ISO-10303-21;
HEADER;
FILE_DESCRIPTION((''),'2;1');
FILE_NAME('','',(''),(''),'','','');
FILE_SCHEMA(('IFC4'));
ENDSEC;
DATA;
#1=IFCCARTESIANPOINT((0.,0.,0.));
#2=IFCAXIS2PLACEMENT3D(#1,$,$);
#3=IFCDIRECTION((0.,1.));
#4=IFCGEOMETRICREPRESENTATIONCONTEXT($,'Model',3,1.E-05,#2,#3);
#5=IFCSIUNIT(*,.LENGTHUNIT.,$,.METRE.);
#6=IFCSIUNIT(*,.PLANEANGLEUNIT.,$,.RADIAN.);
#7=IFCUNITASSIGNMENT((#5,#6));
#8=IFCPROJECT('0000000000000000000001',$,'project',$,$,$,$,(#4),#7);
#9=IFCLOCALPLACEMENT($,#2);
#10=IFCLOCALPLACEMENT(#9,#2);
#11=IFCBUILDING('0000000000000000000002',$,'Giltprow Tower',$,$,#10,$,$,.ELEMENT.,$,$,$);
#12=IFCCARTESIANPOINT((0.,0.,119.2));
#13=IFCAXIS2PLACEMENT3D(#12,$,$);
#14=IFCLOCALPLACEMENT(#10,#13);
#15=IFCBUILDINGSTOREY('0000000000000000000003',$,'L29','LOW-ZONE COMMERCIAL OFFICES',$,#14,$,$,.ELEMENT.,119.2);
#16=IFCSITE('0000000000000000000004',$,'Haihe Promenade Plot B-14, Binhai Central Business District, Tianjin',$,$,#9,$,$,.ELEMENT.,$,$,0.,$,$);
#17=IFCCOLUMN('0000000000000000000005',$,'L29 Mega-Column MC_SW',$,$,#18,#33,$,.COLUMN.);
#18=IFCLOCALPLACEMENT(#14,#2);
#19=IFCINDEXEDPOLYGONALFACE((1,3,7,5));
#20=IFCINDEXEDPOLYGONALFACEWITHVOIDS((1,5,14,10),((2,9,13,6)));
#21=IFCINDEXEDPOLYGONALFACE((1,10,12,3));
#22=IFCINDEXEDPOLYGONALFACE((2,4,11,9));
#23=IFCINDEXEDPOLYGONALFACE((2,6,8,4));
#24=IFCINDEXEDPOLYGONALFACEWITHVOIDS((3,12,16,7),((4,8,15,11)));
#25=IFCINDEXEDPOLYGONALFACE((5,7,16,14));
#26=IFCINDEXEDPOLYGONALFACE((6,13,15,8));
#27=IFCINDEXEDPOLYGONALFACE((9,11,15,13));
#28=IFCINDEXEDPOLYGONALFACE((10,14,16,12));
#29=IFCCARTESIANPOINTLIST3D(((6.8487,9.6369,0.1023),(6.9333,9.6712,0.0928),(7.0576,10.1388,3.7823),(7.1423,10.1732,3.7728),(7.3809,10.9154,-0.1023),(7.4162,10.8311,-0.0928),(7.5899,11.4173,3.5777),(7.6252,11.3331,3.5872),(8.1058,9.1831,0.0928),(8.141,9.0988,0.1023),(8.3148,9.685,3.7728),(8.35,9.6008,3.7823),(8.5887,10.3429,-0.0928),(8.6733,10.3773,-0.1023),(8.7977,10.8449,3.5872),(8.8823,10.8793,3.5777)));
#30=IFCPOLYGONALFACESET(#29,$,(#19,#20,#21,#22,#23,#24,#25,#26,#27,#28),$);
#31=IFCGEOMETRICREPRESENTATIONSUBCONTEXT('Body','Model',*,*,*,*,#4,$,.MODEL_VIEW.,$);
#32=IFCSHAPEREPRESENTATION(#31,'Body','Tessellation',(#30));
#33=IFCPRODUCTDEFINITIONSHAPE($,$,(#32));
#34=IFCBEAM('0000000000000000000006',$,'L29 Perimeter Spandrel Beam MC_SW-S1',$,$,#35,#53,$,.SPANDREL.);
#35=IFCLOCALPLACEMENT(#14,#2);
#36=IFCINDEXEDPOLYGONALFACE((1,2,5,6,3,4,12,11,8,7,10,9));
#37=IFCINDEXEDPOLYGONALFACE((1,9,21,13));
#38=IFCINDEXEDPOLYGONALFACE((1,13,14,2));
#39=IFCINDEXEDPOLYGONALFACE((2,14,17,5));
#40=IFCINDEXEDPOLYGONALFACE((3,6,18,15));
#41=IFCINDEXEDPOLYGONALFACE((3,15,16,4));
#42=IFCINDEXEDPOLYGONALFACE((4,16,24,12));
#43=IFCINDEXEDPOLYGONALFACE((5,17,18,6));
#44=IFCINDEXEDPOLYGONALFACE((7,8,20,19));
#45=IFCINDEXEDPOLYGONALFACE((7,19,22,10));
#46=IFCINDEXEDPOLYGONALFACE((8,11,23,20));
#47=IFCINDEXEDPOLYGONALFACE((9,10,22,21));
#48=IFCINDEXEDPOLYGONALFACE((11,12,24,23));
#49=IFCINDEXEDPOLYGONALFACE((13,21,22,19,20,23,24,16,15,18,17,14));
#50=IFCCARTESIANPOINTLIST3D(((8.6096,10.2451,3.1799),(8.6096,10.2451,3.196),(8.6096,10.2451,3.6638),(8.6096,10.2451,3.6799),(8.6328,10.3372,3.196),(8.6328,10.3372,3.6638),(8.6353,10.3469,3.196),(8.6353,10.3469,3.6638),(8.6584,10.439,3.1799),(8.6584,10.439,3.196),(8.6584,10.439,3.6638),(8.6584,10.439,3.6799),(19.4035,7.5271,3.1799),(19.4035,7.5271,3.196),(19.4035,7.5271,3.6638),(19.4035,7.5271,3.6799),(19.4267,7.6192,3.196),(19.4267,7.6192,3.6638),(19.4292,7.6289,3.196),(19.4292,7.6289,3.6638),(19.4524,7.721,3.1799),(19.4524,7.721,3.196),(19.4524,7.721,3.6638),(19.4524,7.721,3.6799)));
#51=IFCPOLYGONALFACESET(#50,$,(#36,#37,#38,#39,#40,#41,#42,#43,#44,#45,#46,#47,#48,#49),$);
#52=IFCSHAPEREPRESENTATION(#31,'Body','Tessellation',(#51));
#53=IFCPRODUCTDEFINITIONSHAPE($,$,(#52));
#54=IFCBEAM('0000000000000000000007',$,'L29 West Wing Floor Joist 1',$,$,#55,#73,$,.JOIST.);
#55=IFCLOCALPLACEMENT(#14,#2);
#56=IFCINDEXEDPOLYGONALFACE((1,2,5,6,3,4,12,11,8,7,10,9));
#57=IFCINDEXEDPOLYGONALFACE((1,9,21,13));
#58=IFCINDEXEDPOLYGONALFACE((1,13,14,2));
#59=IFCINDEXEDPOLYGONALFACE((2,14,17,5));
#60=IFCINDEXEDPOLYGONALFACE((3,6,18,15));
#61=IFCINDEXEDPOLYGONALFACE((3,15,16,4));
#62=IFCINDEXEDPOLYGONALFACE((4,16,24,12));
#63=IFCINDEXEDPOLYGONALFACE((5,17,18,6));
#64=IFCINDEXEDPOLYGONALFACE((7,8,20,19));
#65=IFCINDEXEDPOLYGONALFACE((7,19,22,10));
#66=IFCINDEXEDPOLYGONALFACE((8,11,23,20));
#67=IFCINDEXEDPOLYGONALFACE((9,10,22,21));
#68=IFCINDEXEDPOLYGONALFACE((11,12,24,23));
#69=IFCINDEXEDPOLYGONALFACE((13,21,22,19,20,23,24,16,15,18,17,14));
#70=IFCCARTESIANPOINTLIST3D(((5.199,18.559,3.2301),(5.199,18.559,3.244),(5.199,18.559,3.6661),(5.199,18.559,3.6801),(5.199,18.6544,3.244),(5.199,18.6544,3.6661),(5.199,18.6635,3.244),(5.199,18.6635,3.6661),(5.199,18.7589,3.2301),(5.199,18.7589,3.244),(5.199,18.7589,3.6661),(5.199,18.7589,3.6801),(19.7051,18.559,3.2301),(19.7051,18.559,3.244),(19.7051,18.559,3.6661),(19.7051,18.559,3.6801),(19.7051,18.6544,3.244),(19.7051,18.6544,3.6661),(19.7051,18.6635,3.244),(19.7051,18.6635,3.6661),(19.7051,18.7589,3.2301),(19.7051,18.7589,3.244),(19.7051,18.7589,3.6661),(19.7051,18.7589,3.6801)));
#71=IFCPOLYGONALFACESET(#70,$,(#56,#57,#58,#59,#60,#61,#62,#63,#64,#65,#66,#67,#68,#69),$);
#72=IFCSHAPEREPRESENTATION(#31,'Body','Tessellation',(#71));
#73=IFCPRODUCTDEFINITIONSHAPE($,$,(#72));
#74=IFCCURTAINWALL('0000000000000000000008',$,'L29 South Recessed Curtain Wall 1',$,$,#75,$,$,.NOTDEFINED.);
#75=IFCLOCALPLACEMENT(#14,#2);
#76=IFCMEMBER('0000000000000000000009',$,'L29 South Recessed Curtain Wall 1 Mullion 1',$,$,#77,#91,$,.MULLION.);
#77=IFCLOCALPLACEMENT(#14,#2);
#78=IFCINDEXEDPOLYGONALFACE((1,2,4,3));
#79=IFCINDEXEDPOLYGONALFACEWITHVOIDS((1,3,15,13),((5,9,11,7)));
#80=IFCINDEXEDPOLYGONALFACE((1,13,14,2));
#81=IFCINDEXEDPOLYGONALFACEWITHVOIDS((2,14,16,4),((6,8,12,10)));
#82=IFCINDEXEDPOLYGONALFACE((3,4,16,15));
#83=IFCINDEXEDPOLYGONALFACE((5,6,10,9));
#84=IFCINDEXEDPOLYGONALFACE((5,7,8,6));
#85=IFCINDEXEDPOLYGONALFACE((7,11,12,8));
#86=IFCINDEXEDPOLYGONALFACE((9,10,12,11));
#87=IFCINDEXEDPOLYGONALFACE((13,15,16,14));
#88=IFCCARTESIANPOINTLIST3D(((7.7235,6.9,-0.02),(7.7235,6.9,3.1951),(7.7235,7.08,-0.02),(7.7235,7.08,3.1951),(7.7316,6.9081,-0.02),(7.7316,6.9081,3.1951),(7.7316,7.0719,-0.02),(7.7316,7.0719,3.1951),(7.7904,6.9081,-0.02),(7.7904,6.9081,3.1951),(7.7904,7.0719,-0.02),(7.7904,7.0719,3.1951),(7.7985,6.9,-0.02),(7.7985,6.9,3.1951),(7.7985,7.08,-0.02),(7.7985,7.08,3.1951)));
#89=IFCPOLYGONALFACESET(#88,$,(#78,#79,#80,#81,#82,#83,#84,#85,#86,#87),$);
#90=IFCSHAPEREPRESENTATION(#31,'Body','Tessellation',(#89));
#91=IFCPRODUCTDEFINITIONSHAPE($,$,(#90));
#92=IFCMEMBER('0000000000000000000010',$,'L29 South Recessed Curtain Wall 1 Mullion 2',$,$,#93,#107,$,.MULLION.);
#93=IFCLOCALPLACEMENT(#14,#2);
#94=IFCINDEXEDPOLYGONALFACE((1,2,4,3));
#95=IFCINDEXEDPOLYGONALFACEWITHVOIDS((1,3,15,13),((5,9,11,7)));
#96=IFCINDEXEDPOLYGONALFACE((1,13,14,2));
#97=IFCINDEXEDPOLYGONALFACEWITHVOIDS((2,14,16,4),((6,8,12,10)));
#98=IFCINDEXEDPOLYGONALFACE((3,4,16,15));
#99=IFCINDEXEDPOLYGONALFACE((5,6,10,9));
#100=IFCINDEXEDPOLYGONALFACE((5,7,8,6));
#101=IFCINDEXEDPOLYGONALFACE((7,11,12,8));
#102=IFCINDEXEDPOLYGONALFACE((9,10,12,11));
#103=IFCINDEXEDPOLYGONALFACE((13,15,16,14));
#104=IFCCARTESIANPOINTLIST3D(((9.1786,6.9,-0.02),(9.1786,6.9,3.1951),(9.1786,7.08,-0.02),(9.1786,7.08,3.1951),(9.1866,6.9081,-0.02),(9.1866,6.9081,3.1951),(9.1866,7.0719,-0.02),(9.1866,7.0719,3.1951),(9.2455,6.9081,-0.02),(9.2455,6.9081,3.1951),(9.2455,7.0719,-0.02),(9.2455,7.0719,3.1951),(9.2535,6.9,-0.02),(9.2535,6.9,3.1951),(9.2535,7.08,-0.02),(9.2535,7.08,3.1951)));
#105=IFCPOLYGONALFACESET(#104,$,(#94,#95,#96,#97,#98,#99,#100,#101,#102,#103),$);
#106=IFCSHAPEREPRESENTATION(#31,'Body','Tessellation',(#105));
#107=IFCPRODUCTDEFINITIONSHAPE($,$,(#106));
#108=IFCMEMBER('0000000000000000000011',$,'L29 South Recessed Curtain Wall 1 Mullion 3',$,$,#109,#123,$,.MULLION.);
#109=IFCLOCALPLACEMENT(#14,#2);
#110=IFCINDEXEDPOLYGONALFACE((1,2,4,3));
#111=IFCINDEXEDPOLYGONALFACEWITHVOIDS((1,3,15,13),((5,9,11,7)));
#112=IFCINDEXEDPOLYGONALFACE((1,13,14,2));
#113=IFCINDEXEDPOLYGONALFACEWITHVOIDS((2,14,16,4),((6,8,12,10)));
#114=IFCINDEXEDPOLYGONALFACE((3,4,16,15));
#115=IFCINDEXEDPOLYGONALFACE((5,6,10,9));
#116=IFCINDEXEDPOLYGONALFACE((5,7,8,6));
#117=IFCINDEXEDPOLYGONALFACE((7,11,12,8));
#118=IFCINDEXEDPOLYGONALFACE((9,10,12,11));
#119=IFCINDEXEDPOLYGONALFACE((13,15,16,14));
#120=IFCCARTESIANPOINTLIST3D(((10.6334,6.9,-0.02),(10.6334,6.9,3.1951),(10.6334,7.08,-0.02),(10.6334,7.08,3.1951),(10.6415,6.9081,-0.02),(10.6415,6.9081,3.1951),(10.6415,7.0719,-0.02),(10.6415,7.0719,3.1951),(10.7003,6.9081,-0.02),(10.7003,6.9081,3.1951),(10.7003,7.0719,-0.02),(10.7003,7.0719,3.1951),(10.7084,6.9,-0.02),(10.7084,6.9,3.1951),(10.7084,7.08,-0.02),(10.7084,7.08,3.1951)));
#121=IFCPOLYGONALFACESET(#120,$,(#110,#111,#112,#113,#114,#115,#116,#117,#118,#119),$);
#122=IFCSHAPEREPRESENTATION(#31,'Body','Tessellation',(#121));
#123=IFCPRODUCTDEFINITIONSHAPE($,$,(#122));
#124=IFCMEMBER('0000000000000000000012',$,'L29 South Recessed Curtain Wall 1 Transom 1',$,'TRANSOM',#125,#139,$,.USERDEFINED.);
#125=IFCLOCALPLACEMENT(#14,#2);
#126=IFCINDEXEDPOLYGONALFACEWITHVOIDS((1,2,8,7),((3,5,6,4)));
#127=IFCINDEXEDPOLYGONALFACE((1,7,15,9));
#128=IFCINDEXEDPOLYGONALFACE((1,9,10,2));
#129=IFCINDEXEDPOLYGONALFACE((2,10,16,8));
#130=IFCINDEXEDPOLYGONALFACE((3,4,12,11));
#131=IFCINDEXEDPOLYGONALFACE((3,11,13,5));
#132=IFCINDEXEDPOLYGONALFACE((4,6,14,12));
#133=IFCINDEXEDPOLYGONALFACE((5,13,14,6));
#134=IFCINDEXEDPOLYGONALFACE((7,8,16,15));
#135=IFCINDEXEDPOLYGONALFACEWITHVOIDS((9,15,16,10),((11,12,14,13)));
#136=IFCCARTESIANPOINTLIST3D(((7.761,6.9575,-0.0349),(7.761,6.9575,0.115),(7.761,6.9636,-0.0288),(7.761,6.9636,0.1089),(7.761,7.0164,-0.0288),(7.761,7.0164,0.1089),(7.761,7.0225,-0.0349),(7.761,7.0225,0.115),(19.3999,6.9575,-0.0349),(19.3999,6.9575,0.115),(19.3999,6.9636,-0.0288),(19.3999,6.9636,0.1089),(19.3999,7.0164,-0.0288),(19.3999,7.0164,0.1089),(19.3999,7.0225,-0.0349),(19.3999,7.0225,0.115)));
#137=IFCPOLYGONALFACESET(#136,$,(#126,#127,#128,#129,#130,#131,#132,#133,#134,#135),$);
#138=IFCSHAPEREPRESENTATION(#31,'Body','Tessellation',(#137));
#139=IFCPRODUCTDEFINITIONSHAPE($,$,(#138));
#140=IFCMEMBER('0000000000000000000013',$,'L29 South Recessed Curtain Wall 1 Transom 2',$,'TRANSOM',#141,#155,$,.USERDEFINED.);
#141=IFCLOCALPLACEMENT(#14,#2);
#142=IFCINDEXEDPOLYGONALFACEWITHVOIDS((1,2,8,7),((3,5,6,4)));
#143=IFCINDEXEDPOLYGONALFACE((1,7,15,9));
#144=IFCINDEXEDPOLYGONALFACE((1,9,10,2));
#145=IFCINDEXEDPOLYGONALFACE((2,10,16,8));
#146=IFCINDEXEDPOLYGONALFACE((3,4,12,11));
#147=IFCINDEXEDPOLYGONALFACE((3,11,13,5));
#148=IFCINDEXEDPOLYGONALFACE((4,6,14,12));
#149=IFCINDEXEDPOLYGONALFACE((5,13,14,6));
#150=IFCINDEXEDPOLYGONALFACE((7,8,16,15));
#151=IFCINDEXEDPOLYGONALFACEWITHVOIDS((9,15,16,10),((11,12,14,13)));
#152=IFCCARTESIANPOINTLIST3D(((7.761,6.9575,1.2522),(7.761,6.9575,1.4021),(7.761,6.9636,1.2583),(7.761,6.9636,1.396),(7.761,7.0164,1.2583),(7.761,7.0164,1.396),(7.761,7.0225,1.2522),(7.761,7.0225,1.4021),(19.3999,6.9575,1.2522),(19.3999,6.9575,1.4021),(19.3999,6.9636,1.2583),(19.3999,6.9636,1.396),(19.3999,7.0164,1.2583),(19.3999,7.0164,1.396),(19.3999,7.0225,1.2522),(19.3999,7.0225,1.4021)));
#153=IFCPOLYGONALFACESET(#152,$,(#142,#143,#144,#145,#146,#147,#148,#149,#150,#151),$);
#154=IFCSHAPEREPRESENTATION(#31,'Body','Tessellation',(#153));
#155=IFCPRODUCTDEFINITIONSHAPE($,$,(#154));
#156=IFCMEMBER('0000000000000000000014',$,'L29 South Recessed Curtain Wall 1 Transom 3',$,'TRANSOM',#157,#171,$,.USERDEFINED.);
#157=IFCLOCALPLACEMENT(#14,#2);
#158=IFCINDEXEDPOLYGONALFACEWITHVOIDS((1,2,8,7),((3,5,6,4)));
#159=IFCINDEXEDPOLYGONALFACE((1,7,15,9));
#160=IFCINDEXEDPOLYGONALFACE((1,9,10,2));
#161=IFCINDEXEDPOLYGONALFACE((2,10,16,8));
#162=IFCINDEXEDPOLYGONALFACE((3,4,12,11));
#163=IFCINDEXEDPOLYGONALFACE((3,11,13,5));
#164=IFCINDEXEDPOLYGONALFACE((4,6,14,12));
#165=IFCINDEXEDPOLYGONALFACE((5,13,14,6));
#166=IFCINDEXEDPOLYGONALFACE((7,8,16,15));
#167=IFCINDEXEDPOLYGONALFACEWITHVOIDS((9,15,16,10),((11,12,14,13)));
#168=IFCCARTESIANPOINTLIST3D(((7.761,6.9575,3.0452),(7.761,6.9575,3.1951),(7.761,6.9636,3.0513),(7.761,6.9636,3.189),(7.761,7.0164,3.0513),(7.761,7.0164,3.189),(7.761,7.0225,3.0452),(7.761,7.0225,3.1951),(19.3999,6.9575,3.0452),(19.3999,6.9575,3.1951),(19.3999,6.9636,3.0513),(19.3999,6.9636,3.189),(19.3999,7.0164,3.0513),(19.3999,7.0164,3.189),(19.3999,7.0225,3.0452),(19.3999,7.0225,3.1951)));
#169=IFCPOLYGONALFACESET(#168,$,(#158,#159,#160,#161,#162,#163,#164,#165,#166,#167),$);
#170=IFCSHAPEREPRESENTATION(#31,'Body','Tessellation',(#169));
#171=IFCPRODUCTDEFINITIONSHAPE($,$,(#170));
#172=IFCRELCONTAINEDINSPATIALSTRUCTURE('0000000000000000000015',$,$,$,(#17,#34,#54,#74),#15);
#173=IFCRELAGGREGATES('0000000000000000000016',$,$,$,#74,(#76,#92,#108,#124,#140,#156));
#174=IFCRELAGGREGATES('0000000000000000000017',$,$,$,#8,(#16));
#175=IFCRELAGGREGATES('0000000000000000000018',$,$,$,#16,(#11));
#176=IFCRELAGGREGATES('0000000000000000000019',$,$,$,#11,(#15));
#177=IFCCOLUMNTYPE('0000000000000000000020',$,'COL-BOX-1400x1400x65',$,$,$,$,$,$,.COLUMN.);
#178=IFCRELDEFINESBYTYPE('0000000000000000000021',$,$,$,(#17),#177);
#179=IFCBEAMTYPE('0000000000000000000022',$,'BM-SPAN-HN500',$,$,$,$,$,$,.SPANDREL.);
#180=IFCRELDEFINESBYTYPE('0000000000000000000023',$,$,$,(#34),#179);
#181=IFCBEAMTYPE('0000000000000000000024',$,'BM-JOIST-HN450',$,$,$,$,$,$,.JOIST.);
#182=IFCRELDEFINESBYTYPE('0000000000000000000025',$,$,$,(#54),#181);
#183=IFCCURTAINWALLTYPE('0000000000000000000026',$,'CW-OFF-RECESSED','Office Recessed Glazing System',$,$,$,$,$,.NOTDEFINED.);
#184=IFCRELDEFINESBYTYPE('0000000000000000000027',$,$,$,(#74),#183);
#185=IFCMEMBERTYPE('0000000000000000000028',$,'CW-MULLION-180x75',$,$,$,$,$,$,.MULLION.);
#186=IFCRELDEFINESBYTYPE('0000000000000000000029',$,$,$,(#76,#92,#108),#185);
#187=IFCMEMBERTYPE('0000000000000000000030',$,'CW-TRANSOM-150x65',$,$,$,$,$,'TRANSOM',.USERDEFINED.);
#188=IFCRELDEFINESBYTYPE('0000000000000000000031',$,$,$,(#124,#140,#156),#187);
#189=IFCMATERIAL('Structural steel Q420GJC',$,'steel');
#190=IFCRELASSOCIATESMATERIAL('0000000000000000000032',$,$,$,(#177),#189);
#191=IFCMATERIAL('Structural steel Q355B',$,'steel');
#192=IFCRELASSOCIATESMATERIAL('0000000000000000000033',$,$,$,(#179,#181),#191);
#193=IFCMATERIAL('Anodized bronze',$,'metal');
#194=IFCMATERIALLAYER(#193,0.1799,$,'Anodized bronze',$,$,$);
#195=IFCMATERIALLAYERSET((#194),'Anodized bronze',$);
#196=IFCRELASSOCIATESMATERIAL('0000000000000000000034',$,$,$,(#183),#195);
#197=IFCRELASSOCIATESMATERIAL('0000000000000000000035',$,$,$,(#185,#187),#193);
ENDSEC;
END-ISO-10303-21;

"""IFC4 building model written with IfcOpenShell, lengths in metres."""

from ifc_helpers import new_model, si_unit, direction, frame, origin, origin_2d, place, context, subcontext, project, spatial, hollow_rectangle, i_section, extrude, source, transform, mapped, material, layer, layer_set, material_profile, profile_set, type_object, element, aggregate, save


model = new_model("IFC4")

# Units and contexts
model_context = context("Model", 3, precision=1e-05, world=origin(), true_north=direction((0.0, 1.0)))
body_context = subcontext(model_context, "Body", "Model", "MODEL_VIEW")
ifc_project = project(units=[si_unit("LENGTHUNIT", "METRE"), si_unit("PLANEANGLEUNIT", "RADIAN")], contexts=[model_context])

# Site, building, storey
site_placement = place(None, origin())
site = spatial("IfcSite", under=ifc_project, at=site_placement, Name="Haihe Promenade Plot B-14, Binhai Central Business District, Tianjin", CompositionType="ELEMENT", RefElevation=0.0)
building_placement = place(site_placement, origin())
building = spatial("IfcBuilding", under=site, at=building_placement, Name="Giltprow Tower", CompositionType="ELEMENT")
storey_placement = place(building_placement, frame((0.0, 0.0, 119.2)))
storey = spatial("IfcBuildingStorey", under=building, at=storey_placement, Name="L29", Description="LOW-ZONE COMMERCIAL OFFICES", CompositionType="ELEMENT", Elevation=119.2)

# Column
ifc_material_1 = material(Name="Structural steel Q420GJC", Category="steel")
ifc_material_profile_1 = material_profile(ifc_material_1, hollow_rectangle(XDim=1.3999, YDim=1.3999, WallThickness=0.0649, at=origin_2d()), Name="BOX 1400x1400x65")
ifc_profile_set_1 = profile_set([ifc_material_profile_1], Name="Structural steel Q420GJC")
column_type = type_object("IfcColumnType", Name="COL-BOX-1400x1400x65", PredefinedType="COLUMN", material=ifc_profile_set_1)
shared_shape_1 = source(origin(), body_context, "Body", "SweptSolid", [
    extrude(hollow_rectangle(XDim=1.3999, YDim=1.3999, WallThickness=0.0649, at=origin_2d()), origin(), (0.0, 0.0, 1.0), 3.72),
])
column_placement = place(storey_placement, frame((7.761, 10.0071, 0.0), z_axis=(0.05618, 0.134938, 0.98926), x_axis=(-0.923183, 0.38436, 0.0)))
element("IfcColumn", 1, at=column_placement, inside=storey, type_object=column_type, Name="L29 Mega-Column MC_SW", PredefinedType="COLUMN", context=body_context, shape_type="MappedRepresentation", body=[
    mapped(shared_shape_1, transform((0.0, 0.0, 0.0), x_axis=(1.0, 0.0, 0.0), y_axis=(0.0, 1.0, 0.0), z_axis=(0.0, 0.0, 1.0), scale=1.0)),
])

# Beams
ifc_material_2 = material(Name="Structural steel Q355B", Category="steel")
ifc_material_profile_2 = material_profile(ifc_material_2, i_section(OverallWidth=0.2, OverallDepth=0.5, WebThickness=0.01, FlangeThickness=0.0161, at=origin_2d()), Name="HN 500x200x10x16")
ifc_profile_set_2 = profile_set([ifc_material_profile_2], Name="Structural steel Q355B")
beam_type_1 = type_object("IfcBeamType", Name="BM-SPAN-HN500", PredefinedType="SPANDREL", material=ifc_profile_set_2)
shared_shape_2 = source(origin(), body_context, "Body", "SweptSolid", [
    extrude(i_section(OverallWidth=0.2, OverallDepth=0.5, WebThickness=0.01, FlangeThickness=0.0161, at=origin_2d()), origin(), (0.0, 0.0, 1.0), 11.1309),
])
beam_1_placement = place(storey_placement, frame((8.634, 10.342, 3.4299), z_axis=(0.969728, -0.244187, 0.0), x_axis=(0.244187, 0.969728, 0.0)))
element("IfcBeam", 2, at=beam_1_placement, inside=storey, type_object=beam_type_1, Name="L29 Perimeter Spandrel Beam MC_SW-S1", PredefinedType="SPANDREL", context=body_context, shape_type="MappedRepresentation", body=[
    mapped(shared_shape_2, transform((0.0, 0.0, 0.0), x_axis=(1.0, 0.0, 0.0), y_axis=(0.0, 1.0, 0.0), z_axis=(0.0, 0.0, 1.0), scale=1.0)),
])
ifc_material_profile_3 = material_profile(ifc_material_2, i_section(OverallWidth=0.2, OverallDepth=0.45, WebThickness=0.009, FlangeThickness=0.0139, at=origin_2d()), Name="HN 450x200x9x14")
ifc_profile_set_3 = profile_set([ifc_material_profile_3], Name="Structural steel Q355B")
beam_type_2 = type_object("IfcBeamType", Name="BM-JOIST-HN450", PredefinedType="JOIST", material=ifc_profile_set_3)
shared_shape_3 = source(origin(), body_context, "Body", "SweptSolid", [
    extrude(i_section(OverallWidth=0.2, OverallDepth=0.45, WebThickness=0.009, FlangeThickness=0.0139, at=origin_2d()), origin(), (0.0, 0.0, 1.0), 14.5061),
])
beam_2_placement = place(storey_placement, frame((5.199, 18.6589, 3.4551), z_axis=(1.0, 0.0, 0.0), x_axis=(0.0, 1.0, 0.0)))
element("IfcBeam", 3, at=beam_2_placement, inside=storey, type_object=beam_type_2, Name="L29 West Wing Floor Joist 1", PredefinedType="JOIST", context=body_context, shape_type="MappedRepresentation", body=[
    mapped(shared_shape_3, transform((0.0, 0.0, 0.0), x_axis=(1.0, 0.0, 0.0), y_axis=(0.0, 1.0, 0.0), z_axis=(0.0, 0.0, 1.0), scale=1.0)),
])

# Curtain wall, members
ifc_material_3 = material(Name="Anodized bronze", Category="metal")
ifc_layer_1 = layer(ifc_material_3, 0.1799, Name="Anodized bronze")
ifc_layer_set_1 = layer_set([ifc_layer_1], Name="Anodized bronze")
curtain_wall_type = type_object("IfcCurtainWallType", Name="CW-OFF-RECESSED", Description="Office Recessed Glazing System", PredefinedType="NOTDEFINED", material=ifc_layer_set_1)
curtain_wall_placement = place(storey_placement, origin())
curtain_wall = element("IfcCurtainWall", 4, at=curtain_wall_placement, inside=storey, type_object=curtain_wall_type, Name="L29 South Recessed Curtain Wall 1", PredefinedType="NOTDEFINED")
ifc_material_profile_4 = material_profile(ifc_material_3, hollow_rectangle(XDim=0.075, YDim=0.1799, WallThickness=0.0081, at=origin_2d()), Name="RHS 180x75x8")
ifc_profile_set_4 = profile_set([ifc_material_profile_4], Name="Anodized bronze")
member_type_1 = type_object("IfcMemberType", Name="CW-MULLION-180x75", PredefinedType="MULLION", material=ifc_profile_set_4)
shared_shape_4 = source(origin(), body_context, "Body", "SweptSolid", [
    extrude(hollow_rectangle(XDim=0.075, YDim=0.1799, WallThickness=0.0081, at=origin_2d()), origin(), (0.0, 0.0, 1.0), 3.2151),
])
member_1_placement = place(storey_placement, frame((7.761, 6.99, -0.02), z_axis=(0.0, 0.0, 1.0), x_axis=(1.0, 0.0, 0.0)))
member_1 = element("IfcMember", 5, at=member_1_placement, type_object=member_type_1, Name="L29 South Recessed Curtain Wall 1 Mullion 1", PredefinedType="MULLION", context=body_context, shape_type="MappedRepresentation", body=[
    mapped(shared_shape_4, transform((0.0, 0.0, 0.0), x_axis=(1.0, 0.0, 0.0), y_axis=(0.0, 1.0, 0.0), z_axis=(0.0, 0.0, 1.0), scale=1.0)),
])
member_2_placement = place(storey_placement, frame((9.2161, 6.99, -0.02), z_axis=(0.0, 0.0, 1.0), x_axis=(1.0, 0.0, 0.0)))
member_2 = element("IfcMember", 6, at=member_2_placement, type_object=member_type_1, Name="L29 South Recessed Curtain Wall 1 Mullion 2", PredefinedType="MULLION", context=body_context, shape_type="MappedRepresentation", body=[
    mapped(shared_shape_4, transform((0.0, 0.0, 0.0), x_axis=(1.0, 0.0, 0.0), y_axis=(0.0, 1.0, 0.0), z_axis=(0.0, 0.0, 1.0), scale=1.0)),
])
member_3_placement = place(storey_placement, frame((10.6709, 6.99, -0.02), z_axis=(0.0, 0.0, 1.0), x_axis=(1.0, 0.0, 0.0)))
member_3 = element("IfcMember", 7, at=member_3_placement, type_object=member_type_1, Name="L29 South Recessed Curtain Wall 1 Mullion 3", PredefinedType="MULLION", context=body_context, shape_type="MappedRepresentation", body=[
    mapped(shared_shape_4, transform((0.0, 0.0, 0.0), x_axis=(1.0, 0.0, 0.0), y_axis=(0.0, 1.0, 0.0), z_axis=(0.0, 0.0, 1.0), scale=1.0)),
])
ifc_material_profile_5 = material_profile(ifc_material_3, hollow_rectangle(XDim=0.0649, YDim=0.1499, WallThickness=0.0061, at=origin_2d()), Name="RHS 150x65x6")
ifc_profile_set_5 = profile_set([ifc_material_profile_5], Name="Anodized bronze")
member_type_2 = type_object("IfcMemberType", Name="CW-TRANSOM-150x65", ElementType="TRANSOM", PredefinedType="USERDEFINED", material=ifc_profile_set_5)
shared_shape_5 = source(origin(), body_context, "Body", "SweptSolid", [
    extrude(hollow_rectangle(XDim=0.0649, YDim=0.1499, WallThickness=0.0061, at=origin_2d()), origin(), (0.0, 0.0, 1.0), 11.6389),
])
member_4_placement = place(storey_placement, frame((7.761, 6.99, 0.04), z_axis=(1.0, 0.0, 0.0), x_axis=(0.0, 1.0, 0.0)))
member_4 = element("IfcMember", 8, at=member_4_placement, type_object=member_type_2, Name="L29 South Recessed Curtain Wall 1 Transom 1", ObjectType="TRANSOM", PredefinedType="USERDEFINED", context=body_context, shape_type="MappedRepresentation", body=[
    mapped(shared_shape_5, transform((0.0, 0.0, 0.0), x_axis=(1.0, 0.0, 0.0), y_axis=(0.0, 1.0, 0.0), z_axis=(0.0, 0.0, 1.0), scale=1.0)),
])
member_5_placement = place(storey_placement, frame((7.761, 6.99, 1.3271), z_axis=(1.0, 0.0, 0.0), x_axis=(0.0, 1.0, 0.0)))
member_5 = element("IfcMember", 9, at=member_5_placement, type_object=member_type_2, Name="L29 South Recessed Curtain Wall 1 Transom 2", ObjectType="TRANSOM", PredefinedType="USERDEFINED", context=body_context, shape_type="MappedRepresentation", body=[
    mapped(shared_shape_5, transform((0.0, 0.0, 0.0), x_axis=(1.0, 0.0, 0.0), y_axis=(0.0, 1.0, 0.0), z_axis=(0.0, 0.0, 1.0), scale=1.0)),
])
member_6_placement = place(storey_placement, frame((7.761, 6.99, 3.1201), z_axis=(1.0, 0.0, 0.0), x_axis=(0.0, 1.0, 0.0)))
member_6 = element("IfcMember", 10, at=member_6_placement, type_object=member_type_2, Name="L29 South Recessed Curtain Wall 1 Transom 3", ObjectType="TRANSOM", PredefinedType="USERDEFINED", context=body_context, shape_type="MappedRepresentation", body=[
    mapped(shared_shape_5, transform((0.0, 0.0, 0.0), x_axis=(1.0, 0.0, 0.0), y_axis=(0.0, 1.0, 0.0), z_axis=(0.0, 0.0, 1.0), scale=1.0)),
])

aggregate(curtain_wall, [member_1, member_2, member_3, member_4, member_5, member_6])

save(model, "model.ifc")
